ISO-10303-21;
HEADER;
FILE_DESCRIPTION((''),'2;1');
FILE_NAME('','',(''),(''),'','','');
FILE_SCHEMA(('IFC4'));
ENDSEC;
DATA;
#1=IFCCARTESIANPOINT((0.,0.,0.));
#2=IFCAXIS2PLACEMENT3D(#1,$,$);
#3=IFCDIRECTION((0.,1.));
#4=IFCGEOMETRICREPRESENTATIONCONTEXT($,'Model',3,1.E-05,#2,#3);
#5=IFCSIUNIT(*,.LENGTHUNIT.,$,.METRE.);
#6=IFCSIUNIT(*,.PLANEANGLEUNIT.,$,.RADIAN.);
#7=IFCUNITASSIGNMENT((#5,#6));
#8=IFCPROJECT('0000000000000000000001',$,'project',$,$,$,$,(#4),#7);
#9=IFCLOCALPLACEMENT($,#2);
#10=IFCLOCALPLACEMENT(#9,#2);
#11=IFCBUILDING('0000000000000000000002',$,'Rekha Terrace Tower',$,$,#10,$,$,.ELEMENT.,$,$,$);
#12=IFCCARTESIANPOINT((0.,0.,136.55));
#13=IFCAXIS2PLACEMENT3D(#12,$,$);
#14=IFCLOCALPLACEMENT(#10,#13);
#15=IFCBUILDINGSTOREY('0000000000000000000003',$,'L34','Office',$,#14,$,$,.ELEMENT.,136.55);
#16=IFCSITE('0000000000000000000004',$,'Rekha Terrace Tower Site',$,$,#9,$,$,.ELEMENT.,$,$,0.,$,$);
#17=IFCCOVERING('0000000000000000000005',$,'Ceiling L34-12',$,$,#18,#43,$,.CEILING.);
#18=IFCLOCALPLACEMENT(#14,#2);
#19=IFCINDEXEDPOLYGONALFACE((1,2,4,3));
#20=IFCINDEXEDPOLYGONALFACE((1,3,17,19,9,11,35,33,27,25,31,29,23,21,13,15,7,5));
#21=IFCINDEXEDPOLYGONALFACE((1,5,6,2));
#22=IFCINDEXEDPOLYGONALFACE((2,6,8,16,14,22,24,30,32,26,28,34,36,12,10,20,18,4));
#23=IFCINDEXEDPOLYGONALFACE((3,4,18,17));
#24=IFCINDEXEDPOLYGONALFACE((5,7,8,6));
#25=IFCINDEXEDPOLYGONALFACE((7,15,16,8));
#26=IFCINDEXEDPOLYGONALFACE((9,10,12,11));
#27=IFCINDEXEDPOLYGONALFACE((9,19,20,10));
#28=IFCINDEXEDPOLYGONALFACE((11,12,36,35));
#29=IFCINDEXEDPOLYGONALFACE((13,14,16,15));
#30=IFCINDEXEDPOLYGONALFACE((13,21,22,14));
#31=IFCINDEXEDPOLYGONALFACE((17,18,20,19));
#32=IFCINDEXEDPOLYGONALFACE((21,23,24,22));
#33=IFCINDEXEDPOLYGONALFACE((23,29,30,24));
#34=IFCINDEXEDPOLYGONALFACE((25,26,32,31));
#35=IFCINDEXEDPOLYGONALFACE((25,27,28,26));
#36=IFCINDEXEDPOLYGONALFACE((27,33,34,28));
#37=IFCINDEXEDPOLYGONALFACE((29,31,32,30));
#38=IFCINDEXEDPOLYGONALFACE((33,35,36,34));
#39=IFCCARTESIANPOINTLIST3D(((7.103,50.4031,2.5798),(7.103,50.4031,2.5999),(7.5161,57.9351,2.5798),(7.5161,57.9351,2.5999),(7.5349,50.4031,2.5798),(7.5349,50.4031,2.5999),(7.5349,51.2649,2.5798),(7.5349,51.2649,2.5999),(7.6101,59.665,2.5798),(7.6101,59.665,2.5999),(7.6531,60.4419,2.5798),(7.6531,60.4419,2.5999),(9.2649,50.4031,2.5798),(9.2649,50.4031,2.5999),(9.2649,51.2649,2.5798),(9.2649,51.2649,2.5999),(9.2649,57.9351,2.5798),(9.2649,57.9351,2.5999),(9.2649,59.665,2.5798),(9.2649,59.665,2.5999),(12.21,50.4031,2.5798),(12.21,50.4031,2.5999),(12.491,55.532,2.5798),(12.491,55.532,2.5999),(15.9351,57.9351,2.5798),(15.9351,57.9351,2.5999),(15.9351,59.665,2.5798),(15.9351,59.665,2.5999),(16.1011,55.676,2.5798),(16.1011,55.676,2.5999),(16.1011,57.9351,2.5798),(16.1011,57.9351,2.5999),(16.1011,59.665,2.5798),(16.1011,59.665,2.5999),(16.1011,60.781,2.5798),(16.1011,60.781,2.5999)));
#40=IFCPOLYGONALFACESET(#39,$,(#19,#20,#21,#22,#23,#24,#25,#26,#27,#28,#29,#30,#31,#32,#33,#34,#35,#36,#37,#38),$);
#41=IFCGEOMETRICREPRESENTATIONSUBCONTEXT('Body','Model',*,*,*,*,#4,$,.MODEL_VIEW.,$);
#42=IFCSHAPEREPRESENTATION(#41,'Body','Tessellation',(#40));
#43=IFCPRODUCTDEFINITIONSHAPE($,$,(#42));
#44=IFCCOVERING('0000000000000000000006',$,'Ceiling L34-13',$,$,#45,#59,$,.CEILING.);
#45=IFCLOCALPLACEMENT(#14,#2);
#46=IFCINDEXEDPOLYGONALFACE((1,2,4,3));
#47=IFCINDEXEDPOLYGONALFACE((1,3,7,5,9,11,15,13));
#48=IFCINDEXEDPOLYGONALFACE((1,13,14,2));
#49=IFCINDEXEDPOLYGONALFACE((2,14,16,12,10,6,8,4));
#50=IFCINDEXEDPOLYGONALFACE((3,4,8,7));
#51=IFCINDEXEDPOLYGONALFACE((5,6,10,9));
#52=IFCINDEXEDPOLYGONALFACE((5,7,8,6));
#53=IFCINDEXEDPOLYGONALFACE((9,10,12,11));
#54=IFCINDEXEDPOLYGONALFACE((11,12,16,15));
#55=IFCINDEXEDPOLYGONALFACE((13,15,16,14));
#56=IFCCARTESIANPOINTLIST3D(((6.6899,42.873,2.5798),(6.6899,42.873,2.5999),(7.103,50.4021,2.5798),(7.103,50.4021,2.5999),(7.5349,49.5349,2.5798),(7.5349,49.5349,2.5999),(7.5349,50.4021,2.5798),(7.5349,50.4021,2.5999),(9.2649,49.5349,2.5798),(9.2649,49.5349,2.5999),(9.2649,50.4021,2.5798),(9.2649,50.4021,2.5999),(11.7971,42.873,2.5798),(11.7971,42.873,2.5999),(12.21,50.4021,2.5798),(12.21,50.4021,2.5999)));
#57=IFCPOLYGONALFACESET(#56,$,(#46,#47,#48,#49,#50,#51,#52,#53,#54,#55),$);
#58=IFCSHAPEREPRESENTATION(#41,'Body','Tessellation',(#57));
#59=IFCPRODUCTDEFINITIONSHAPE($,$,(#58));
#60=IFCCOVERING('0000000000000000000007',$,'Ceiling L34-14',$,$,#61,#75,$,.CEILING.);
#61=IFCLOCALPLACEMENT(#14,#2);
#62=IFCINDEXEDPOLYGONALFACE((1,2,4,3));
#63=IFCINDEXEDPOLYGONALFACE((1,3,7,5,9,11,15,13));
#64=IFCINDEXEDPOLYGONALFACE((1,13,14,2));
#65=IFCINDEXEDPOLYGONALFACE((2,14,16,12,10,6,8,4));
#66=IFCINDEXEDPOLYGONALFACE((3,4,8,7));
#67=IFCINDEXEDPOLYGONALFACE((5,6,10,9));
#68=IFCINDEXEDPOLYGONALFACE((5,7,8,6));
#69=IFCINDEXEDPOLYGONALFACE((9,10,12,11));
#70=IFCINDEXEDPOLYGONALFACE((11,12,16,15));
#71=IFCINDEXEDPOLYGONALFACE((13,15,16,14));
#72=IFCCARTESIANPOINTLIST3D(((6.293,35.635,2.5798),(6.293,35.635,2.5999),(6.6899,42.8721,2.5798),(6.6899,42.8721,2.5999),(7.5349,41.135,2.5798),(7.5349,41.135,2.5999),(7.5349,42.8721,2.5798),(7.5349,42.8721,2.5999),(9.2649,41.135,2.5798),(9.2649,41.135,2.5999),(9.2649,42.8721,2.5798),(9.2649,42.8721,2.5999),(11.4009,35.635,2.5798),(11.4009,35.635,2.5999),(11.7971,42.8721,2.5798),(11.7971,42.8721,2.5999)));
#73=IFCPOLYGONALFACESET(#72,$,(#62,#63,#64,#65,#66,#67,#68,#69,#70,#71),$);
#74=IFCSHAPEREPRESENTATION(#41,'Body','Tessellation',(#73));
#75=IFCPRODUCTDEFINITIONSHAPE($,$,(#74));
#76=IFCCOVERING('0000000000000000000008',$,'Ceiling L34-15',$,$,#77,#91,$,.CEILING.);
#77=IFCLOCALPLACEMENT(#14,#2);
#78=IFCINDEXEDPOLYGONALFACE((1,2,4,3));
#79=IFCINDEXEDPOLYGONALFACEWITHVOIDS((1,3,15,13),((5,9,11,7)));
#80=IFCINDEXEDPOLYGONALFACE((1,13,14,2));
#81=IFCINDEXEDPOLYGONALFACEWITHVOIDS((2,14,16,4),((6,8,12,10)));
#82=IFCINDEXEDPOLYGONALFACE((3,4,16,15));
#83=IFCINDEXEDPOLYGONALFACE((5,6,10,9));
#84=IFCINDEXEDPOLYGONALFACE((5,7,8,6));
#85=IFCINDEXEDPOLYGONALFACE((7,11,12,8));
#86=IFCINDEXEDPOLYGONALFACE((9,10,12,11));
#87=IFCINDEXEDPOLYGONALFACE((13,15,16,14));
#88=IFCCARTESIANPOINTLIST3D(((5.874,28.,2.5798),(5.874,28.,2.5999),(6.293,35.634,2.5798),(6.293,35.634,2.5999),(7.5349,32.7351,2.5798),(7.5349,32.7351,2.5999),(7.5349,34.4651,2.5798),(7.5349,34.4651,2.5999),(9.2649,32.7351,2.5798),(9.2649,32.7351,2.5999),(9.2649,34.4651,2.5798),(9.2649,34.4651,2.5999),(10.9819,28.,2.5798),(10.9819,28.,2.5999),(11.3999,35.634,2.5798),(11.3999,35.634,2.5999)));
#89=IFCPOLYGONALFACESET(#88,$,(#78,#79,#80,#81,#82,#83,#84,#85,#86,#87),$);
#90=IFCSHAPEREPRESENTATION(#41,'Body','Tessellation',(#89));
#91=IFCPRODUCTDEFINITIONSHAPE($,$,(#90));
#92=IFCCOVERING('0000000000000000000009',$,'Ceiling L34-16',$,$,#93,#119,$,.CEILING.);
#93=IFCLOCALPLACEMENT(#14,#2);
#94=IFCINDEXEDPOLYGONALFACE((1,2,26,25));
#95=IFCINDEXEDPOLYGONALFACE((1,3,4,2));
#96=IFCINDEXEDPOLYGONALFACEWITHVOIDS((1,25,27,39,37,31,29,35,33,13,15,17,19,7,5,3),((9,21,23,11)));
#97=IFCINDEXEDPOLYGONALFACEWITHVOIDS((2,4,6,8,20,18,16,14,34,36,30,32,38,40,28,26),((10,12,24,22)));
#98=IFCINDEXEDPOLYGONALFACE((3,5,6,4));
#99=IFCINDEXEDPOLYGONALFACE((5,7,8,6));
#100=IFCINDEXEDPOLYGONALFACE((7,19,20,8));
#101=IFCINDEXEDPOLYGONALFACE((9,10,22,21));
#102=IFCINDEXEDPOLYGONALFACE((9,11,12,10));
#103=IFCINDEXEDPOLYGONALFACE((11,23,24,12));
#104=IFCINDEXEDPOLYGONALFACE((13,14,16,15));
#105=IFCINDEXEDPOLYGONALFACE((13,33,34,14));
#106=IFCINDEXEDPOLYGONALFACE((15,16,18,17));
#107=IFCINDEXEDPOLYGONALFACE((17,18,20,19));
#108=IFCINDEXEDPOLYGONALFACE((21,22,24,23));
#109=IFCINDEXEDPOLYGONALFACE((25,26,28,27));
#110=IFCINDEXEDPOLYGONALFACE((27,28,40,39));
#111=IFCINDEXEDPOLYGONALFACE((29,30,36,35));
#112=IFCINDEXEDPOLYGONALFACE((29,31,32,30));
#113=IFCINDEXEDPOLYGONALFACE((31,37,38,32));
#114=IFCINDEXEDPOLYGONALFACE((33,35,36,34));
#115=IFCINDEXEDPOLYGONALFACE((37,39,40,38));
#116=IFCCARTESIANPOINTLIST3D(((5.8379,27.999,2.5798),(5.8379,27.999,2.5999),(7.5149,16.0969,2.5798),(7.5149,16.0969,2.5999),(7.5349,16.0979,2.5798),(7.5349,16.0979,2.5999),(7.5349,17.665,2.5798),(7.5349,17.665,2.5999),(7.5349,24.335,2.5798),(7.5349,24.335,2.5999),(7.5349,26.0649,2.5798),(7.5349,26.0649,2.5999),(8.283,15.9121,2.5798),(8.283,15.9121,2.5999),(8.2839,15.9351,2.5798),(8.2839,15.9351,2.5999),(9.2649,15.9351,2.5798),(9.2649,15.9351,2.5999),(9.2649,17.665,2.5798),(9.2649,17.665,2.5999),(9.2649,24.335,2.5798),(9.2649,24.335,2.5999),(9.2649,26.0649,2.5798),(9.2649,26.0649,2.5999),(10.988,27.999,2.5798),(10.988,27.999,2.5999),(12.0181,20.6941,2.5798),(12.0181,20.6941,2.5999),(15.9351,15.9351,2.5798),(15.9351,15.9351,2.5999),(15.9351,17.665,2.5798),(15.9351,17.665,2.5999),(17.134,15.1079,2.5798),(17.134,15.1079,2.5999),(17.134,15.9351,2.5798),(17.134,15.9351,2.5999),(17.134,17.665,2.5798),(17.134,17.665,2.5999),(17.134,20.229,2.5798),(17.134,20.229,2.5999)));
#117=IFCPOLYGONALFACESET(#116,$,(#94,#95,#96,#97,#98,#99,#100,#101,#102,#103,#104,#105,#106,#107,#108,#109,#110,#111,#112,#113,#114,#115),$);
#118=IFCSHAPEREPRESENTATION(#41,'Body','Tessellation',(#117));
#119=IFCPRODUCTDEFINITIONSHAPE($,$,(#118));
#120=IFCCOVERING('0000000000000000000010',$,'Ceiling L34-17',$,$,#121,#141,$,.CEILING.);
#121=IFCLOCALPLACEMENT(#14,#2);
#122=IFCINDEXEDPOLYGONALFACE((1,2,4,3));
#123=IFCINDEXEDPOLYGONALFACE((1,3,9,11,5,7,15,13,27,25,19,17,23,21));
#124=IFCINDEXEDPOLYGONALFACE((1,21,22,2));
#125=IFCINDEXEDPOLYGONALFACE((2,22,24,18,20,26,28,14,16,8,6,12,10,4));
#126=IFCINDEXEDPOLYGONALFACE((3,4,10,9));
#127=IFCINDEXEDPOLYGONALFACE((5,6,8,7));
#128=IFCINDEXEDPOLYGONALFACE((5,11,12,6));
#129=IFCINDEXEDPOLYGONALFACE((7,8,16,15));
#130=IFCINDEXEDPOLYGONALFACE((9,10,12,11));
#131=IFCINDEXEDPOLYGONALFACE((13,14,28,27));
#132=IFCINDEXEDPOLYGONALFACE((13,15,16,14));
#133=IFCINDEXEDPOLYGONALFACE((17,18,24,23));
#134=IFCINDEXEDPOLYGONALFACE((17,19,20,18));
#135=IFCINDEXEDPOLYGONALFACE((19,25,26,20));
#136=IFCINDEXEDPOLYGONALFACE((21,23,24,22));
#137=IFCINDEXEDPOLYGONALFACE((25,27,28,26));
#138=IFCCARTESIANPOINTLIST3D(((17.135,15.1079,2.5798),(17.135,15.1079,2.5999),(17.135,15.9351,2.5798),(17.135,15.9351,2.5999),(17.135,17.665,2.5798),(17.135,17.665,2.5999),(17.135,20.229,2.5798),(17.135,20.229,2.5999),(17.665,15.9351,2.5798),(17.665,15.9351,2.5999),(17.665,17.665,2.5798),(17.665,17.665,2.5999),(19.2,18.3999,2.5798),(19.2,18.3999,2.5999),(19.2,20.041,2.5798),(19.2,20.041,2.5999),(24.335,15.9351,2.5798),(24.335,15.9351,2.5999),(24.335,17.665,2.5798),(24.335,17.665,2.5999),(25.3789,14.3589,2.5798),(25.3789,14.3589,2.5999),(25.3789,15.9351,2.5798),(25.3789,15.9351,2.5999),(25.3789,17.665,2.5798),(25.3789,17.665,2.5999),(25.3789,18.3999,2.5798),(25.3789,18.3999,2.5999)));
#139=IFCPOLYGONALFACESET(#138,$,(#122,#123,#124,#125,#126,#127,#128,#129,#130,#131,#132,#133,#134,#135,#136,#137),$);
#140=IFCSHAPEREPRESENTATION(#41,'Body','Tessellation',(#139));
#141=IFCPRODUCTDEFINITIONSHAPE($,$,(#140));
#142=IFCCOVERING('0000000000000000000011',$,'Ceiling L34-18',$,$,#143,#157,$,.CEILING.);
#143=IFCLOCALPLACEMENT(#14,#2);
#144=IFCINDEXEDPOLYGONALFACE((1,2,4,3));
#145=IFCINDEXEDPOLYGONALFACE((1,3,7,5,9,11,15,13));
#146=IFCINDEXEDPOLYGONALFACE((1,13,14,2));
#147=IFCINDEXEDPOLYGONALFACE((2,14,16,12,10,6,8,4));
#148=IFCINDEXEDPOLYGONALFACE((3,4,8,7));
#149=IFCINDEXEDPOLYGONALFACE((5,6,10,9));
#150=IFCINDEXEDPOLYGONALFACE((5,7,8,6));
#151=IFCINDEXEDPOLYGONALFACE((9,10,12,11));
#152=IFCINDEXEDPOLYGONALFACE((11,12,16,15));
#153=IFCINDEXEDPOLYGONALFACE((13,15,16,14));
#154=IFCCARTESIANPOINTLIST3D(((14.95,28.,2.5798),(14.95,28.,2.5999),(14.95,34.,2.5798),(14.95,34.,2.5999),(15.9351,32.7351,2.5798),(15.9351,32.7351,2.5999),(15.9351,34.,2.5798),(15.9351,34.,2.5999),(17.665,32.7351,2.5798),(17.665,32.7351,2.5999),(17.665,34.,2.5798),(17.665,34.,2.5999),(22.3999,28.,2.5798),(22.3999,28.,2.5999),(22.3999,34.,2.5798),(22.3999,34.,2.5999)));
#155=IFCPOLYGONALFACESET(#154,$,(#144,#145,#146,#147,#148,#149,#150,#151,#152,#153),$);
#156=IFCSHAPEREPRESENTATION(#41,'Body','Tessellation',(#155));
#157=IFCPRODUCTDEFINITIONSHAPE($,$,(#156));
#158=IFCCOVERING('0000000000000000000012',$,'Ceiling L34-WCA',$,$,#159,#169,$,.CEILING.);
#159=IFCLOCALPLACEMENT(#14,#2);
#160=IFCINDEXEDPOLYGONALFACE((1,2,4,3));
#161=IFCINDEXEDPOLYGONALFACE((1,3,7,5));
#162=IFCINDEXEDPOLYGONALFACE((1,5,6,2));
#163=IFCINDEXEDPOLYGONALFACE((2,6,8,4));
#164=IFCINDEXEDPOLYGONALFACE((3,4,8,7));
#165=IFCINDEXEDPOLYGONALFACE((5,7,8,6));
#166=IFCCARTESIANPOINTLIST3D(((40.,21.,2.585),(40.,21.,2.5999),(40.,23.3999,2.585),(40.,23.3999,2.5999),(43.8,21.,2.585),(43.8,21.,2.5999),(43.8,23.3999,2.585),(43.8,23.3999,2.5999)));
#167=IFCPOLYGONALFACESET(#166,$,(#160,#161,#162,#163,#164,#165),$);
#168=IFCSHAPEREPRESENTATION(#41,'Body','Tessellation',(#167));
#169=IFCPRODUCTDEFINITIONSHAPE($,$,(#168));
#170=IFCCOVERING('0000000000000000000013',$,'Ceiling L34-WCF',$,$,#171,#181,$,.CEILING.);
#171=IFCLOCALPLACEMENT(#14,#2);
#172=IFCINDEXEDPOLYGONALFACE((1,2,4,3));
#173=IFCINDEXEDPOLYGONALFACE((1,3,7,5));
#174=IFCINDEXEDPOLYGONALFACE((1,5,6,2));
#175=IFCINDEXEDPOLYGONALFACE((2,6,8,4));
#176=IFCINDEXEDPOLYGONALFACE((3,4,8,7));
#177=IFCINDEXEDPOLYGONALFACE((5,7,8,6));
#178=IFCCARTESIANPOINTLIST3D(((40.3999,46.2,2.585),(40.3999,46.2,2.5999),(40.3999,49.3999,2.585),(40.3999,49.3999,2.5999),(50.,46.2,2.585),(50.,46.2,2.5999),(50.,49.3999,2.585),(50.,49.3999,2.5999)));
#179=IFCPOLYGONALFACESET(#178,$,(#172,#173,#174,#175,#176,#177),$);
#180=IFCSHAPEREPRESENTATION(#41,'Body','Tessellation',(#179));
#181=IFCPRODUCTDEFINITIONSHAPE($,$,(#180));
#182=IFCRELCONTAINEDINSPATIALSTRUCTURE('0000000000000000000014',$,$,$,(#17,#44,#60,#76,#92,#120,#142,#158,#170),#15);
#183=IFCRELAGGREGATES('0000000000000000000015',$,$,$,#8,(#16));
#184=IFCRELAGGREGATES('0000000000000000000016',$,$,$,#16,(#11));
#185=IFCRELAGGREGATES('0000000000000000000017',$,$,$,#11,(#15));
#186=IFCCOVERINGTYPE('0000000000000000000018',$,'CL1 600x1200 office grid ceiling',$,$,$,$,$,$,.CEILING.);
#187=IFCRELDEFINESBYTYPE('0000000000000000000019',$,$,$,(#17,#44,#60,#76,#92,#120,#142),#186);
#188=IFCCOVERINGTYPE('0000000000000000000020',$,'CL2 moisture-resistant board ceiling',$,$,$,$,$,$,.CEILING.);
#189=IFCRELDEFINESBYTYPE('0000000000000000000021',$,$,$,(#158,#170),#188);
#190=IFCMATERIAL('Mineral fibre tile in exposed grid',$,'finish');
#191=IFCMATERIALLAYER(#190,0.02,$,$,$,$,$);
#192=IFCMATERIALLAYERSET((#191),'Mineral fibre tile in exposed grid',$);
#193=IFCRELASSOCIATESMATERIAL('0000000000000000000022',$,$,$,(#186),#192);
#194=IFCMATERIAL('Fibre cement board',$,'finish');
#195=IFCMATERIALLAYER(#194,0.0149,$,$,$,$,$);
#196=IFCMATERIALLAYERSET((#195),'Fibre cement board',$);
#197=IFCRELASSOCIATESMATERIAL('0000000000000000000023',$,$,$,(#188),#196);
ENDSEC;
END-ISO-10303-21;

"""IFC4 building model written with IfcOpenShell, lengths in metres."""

from ifc_helpers import new_model, si_unit, direction, frame, origin, place, context, subcontext, project, spatial, polyline, outline, extrude, material, layer, layer_set, type_object, element, save


model = new_model("IFC4")

# Units and contexts
model_context = context("Model", 3, precision=1e-05, world=origin(), true_north=direction((0.0, 1.0)))
body_context = subcontext(model_context, "Body", "Model", "MODEL_VIEW")
ifc_project = project(units=[si_unit("LENGTHUNIT", "METRE"), si_unit("PLANEANGLEUNIT", "RADIAN")], contexts=[model_context])

# Site, building, storey
site_placement = place(None, origin())
site = spatial("IfcSite", under=ifc_project, at=site_placement, Name="Rekha Terrace Tower Site", CompositionType="ELEMENT", RefElevation=0.0)
building_placement = place(site_placement, origin())
building = spatial("IfcBuilding", under=site, at=building_placement, Name="Rekha Terrace Tower", CompositionType="ELEMENT")
storey_placement = place(building_placement, frame((0.0, 0.0, 136.55)))
storey = spatial("IfcBuildingStorey", under=building, at=storey_placement, Name="L34", Description="Office", CompositionType="ELEMENT", Elevation=136.55)

# Coverings
ifc_material_1 = material(Name="Mineral fibre tile in exposed grid", Category="finish")
ifc_layer_1 = layer(ifc_material_1, 0.02)
ifc_layer_set_1 = layer_set([ifc_layer_1], Name="Mineral fibre tile in exposed grid")
covering_type_1 = type_object("IfcCoveringType", Name="CL1 600x1200 office grid ceiling", PredefinedType="CEILING", material=ifc_layer_set_1)
covering_1_placement = place(storey_placement, frame((0.0, 0.0, 2.5798)))
element("IfcCovering", 1, at=covering_1_placement, inside=storey, type_object=covering_type_1, Name="Ceiling L34-12", PredefinedType="CEILING", context=body_context, shape_type="SweptSolid", body=[
    extrude(outline(polyline([(9.2649, 57.9351), (7.5161, 57.9351), (7.103, 50.4031), (7.5349, 50.4031), (7.5349, 51.2649), (9.2649, 51.2649), (9.2649, 50.4031), (12.21, 50.4031), (12.491, 55.532), (16.1011, 55.676), (16.1011, 57.9351), (15.9351, 57.9351), (15.9351, 59.665), (16.1011, 59.665), (16.1011, 60.781), (7.6531, 60.4419), (7.6101, 59.665), (9.2649, 59.665), (9.2649, 57.9351)])), origin(), (0.0, 0.0, 1.0), 0.02),
])
covering_2_placement = place(storey_placement, frame((0.0, 0.0, 2.5798)))
element("IfcCovering", 2, at=covering_2_placement, inside=storey, type_object=covering_type_1, Name="Ceiling L34-13", PredefinedType="CEILING", context=body_context, shape_type="SweptSolid", body=[
    extrude(outline(polyline([(6.6899, 42.873), (11.7971, 42.873), (12.21, 50.4021), (9.2649, 50.4021), (9.2649, 49.5349), (7.5349, 49.5349), (7.5349, 50.4021), (7.103, 50.4021), (6.6899, 42.873)])), origin(), (0.0, 0.0, 1.0), 0.02),
])
covering_3_placement = place(storey_placement, frame((0.0, 0.0, 2.5798)))
element("IfcCovering", 3, at=covering_3_placement, inside=storey, type_object=covering_type_1, Name="Ceiling L34-14", PredefinedType="CEILING", context=body_context, shape_type="SweptSolid", body=[
    extrude(outline(polyline([(9.2649, 41.135), (7.5349, 41.135), (7.5349, 42.8721), (6.6899, 42.8721), (6.293, 35.635), (11.4009, 35.635), (11.7971, 42.8721), (9.2649, 42.8721), (9.2649, 41.135)])), origin(), (0.0, 0.0, 1.0), 0.02),
])
covering_4_placement = place(storey_placement, frame((0.0, 0.0, 2.5798)))
element("IfcCovering", 4, at=covering_4_placement, inside=storey, type_object=covering_type_1, Name="Ceiling L34-15", PredefinedType="CEILING", context=body_context, shape_type="SweptSolid", body=[
    extrude(outline(polyline([(5.874, 28.0), (10.9819, 28.0), (11.3999, 35.634), (6.293, 35.634), (5.874, 28.0)]), holes=[polyline([(9.2649, 32.7351), (7.5349, 32.7351), (7.5349, 34.4651), (9.2649, 34.4651), (9.2649, 32.7351)])]), origin(), (0.0, 0.0, 1.0), 0.02),
])
covering_5_placement = place(storey_placement, frame((0.0, 0.0, 2.5798)))
element("IfcCovering", 5, at=covering_5_placement, inside=storey, type_object=covering_type_1, Name="Ceiling L34-16", PredefinedType="CEILING", context=body_context, shape_type="SweptSolid", body=[
    extrude(outline(polyline([(7.5149, 16.0969), (7.5349, 16.0979), (7.5349, 17.665), (9.2649, 17.665), (9.2649, 15.9351), (8.2839, 15.9351), (8.283, 15.9121), (17.134, 15.1079), (17.134, 15.9351), (15.9351, 15.9351), (15.9351, 17.665), (17.134, 17.665), (17.134, 20.229), (12.0181, 20.6941), (10.988, 27.999), (5.8379, 27.999), (7.5149, 16.0969)]), holes=[polyline([(9.2649, 24.335), (7.5349, 24.335), (7.5349, 26.0649), (9.2649, 26.0649), (9.2649, 24.335)])]), origin(), (0.0, 0.0, 1.0), 0.02),
])
covering_6_placement = place(storey_placement, frame((0.0, 0.0, 2.5798)))
element("IfcCovering", 6, at=covering_6_placement, inside=storey, type_object=covering_type_1, Name="Ceiling L34-17", PredefinedType="CEILING", context=body_context, shape_type="SweptSolid", body=[
    extrude(outline(polyline([(25.3789, 17.665), (25.3789, 18.3999), (19.2, 18.3999), (19.2, 20.041), (17.135, 20.229), (17.135, 17.665), (17.665, 17.665), (17.665, 15.9351), (17.135, 15.9351), (17.135, 15.1079), (25.3789, 14.3589), (25.3789, 15.9351), (24.335, 15.9351), (24.335, 17.665), (25.3789, 17.665)])), origin(), (0.0, 0.0, 1.0), 0.02),
])
covering_7_placement = place(storey_placement, frame((0.0, 0.0, 2.5798)))
element("IfcCovering", 7, at=covering_7_placement, inside=storey, type_object=covering_type_1, Name="Ceiling L34-18", PredefinedType="CEILING", context=body_context, shape_type="SweptSolid", body=[
    extrude(outline(polyline([(15.9351, 34.0), (14.95, 34.0), (14.95, 28.0), (22.3999, 28.0), (22.3999, 34.0), (17.665, 34.0), (17.665, 32.7351), (15.9351, 32.7351), (15.9351, 34.0)])), origin(), (0.0, 0.0, 1.0), 0.02),
])
ifc_material_2 = material(Name="Fibre cement board", Category="finish")
ifc_layer_2 = layer(ifc_material_2, 0.0149)
ifc_layer_set_2 = layer_set([ifc_layer_2], Name="Fibre cement board")
covering_type_2 = type_object("IfcCoveringType", Name="CL2 moisture-resistant board ceiling", PredefinedType="CEILING", material=ifc_layer_set_2)
covering_8_placement = place(storey_placement, frame((0.0, 0.0, 2.585)))
element("IfcCovering", 8, at=covering_8_placement, inside=storey, type_object=covering_type_2, Name="Ceiling L34-WCA", PredefinedType="CEILING", context=body_context, shape_type="SweptSolid", body=[
    extrude(outline(polyline([(43.8, 23.3999), (40.0, 23.3999), (40.0, 21.0), (43.8, 21.0), (43.8, 23.3999)])), origin(), (0.0, 0.0, 1.0), 0.0149),
])
covering_9_placement = place(storey_placement, frame((0.0, 0.0, 2.585)))
element("IfcCovering", 9, at=covering_9_placement, inside=storey, type_object=covering_type_2, Name="Ceiling L34-WCF", PredefinedType="CEILING", context=body_context, shape_type="SweptSolid", body=[
    extrude(outline(polyline([(50.0, 49.3999), (40.3999, 49.3999), (40.3999, 46.2), (50.0, 46.2), (50.0, 49.3999)])), origin(), (0.0, 0.0, 1.0), 0.0149),
])

save(model, "model.ifc")
